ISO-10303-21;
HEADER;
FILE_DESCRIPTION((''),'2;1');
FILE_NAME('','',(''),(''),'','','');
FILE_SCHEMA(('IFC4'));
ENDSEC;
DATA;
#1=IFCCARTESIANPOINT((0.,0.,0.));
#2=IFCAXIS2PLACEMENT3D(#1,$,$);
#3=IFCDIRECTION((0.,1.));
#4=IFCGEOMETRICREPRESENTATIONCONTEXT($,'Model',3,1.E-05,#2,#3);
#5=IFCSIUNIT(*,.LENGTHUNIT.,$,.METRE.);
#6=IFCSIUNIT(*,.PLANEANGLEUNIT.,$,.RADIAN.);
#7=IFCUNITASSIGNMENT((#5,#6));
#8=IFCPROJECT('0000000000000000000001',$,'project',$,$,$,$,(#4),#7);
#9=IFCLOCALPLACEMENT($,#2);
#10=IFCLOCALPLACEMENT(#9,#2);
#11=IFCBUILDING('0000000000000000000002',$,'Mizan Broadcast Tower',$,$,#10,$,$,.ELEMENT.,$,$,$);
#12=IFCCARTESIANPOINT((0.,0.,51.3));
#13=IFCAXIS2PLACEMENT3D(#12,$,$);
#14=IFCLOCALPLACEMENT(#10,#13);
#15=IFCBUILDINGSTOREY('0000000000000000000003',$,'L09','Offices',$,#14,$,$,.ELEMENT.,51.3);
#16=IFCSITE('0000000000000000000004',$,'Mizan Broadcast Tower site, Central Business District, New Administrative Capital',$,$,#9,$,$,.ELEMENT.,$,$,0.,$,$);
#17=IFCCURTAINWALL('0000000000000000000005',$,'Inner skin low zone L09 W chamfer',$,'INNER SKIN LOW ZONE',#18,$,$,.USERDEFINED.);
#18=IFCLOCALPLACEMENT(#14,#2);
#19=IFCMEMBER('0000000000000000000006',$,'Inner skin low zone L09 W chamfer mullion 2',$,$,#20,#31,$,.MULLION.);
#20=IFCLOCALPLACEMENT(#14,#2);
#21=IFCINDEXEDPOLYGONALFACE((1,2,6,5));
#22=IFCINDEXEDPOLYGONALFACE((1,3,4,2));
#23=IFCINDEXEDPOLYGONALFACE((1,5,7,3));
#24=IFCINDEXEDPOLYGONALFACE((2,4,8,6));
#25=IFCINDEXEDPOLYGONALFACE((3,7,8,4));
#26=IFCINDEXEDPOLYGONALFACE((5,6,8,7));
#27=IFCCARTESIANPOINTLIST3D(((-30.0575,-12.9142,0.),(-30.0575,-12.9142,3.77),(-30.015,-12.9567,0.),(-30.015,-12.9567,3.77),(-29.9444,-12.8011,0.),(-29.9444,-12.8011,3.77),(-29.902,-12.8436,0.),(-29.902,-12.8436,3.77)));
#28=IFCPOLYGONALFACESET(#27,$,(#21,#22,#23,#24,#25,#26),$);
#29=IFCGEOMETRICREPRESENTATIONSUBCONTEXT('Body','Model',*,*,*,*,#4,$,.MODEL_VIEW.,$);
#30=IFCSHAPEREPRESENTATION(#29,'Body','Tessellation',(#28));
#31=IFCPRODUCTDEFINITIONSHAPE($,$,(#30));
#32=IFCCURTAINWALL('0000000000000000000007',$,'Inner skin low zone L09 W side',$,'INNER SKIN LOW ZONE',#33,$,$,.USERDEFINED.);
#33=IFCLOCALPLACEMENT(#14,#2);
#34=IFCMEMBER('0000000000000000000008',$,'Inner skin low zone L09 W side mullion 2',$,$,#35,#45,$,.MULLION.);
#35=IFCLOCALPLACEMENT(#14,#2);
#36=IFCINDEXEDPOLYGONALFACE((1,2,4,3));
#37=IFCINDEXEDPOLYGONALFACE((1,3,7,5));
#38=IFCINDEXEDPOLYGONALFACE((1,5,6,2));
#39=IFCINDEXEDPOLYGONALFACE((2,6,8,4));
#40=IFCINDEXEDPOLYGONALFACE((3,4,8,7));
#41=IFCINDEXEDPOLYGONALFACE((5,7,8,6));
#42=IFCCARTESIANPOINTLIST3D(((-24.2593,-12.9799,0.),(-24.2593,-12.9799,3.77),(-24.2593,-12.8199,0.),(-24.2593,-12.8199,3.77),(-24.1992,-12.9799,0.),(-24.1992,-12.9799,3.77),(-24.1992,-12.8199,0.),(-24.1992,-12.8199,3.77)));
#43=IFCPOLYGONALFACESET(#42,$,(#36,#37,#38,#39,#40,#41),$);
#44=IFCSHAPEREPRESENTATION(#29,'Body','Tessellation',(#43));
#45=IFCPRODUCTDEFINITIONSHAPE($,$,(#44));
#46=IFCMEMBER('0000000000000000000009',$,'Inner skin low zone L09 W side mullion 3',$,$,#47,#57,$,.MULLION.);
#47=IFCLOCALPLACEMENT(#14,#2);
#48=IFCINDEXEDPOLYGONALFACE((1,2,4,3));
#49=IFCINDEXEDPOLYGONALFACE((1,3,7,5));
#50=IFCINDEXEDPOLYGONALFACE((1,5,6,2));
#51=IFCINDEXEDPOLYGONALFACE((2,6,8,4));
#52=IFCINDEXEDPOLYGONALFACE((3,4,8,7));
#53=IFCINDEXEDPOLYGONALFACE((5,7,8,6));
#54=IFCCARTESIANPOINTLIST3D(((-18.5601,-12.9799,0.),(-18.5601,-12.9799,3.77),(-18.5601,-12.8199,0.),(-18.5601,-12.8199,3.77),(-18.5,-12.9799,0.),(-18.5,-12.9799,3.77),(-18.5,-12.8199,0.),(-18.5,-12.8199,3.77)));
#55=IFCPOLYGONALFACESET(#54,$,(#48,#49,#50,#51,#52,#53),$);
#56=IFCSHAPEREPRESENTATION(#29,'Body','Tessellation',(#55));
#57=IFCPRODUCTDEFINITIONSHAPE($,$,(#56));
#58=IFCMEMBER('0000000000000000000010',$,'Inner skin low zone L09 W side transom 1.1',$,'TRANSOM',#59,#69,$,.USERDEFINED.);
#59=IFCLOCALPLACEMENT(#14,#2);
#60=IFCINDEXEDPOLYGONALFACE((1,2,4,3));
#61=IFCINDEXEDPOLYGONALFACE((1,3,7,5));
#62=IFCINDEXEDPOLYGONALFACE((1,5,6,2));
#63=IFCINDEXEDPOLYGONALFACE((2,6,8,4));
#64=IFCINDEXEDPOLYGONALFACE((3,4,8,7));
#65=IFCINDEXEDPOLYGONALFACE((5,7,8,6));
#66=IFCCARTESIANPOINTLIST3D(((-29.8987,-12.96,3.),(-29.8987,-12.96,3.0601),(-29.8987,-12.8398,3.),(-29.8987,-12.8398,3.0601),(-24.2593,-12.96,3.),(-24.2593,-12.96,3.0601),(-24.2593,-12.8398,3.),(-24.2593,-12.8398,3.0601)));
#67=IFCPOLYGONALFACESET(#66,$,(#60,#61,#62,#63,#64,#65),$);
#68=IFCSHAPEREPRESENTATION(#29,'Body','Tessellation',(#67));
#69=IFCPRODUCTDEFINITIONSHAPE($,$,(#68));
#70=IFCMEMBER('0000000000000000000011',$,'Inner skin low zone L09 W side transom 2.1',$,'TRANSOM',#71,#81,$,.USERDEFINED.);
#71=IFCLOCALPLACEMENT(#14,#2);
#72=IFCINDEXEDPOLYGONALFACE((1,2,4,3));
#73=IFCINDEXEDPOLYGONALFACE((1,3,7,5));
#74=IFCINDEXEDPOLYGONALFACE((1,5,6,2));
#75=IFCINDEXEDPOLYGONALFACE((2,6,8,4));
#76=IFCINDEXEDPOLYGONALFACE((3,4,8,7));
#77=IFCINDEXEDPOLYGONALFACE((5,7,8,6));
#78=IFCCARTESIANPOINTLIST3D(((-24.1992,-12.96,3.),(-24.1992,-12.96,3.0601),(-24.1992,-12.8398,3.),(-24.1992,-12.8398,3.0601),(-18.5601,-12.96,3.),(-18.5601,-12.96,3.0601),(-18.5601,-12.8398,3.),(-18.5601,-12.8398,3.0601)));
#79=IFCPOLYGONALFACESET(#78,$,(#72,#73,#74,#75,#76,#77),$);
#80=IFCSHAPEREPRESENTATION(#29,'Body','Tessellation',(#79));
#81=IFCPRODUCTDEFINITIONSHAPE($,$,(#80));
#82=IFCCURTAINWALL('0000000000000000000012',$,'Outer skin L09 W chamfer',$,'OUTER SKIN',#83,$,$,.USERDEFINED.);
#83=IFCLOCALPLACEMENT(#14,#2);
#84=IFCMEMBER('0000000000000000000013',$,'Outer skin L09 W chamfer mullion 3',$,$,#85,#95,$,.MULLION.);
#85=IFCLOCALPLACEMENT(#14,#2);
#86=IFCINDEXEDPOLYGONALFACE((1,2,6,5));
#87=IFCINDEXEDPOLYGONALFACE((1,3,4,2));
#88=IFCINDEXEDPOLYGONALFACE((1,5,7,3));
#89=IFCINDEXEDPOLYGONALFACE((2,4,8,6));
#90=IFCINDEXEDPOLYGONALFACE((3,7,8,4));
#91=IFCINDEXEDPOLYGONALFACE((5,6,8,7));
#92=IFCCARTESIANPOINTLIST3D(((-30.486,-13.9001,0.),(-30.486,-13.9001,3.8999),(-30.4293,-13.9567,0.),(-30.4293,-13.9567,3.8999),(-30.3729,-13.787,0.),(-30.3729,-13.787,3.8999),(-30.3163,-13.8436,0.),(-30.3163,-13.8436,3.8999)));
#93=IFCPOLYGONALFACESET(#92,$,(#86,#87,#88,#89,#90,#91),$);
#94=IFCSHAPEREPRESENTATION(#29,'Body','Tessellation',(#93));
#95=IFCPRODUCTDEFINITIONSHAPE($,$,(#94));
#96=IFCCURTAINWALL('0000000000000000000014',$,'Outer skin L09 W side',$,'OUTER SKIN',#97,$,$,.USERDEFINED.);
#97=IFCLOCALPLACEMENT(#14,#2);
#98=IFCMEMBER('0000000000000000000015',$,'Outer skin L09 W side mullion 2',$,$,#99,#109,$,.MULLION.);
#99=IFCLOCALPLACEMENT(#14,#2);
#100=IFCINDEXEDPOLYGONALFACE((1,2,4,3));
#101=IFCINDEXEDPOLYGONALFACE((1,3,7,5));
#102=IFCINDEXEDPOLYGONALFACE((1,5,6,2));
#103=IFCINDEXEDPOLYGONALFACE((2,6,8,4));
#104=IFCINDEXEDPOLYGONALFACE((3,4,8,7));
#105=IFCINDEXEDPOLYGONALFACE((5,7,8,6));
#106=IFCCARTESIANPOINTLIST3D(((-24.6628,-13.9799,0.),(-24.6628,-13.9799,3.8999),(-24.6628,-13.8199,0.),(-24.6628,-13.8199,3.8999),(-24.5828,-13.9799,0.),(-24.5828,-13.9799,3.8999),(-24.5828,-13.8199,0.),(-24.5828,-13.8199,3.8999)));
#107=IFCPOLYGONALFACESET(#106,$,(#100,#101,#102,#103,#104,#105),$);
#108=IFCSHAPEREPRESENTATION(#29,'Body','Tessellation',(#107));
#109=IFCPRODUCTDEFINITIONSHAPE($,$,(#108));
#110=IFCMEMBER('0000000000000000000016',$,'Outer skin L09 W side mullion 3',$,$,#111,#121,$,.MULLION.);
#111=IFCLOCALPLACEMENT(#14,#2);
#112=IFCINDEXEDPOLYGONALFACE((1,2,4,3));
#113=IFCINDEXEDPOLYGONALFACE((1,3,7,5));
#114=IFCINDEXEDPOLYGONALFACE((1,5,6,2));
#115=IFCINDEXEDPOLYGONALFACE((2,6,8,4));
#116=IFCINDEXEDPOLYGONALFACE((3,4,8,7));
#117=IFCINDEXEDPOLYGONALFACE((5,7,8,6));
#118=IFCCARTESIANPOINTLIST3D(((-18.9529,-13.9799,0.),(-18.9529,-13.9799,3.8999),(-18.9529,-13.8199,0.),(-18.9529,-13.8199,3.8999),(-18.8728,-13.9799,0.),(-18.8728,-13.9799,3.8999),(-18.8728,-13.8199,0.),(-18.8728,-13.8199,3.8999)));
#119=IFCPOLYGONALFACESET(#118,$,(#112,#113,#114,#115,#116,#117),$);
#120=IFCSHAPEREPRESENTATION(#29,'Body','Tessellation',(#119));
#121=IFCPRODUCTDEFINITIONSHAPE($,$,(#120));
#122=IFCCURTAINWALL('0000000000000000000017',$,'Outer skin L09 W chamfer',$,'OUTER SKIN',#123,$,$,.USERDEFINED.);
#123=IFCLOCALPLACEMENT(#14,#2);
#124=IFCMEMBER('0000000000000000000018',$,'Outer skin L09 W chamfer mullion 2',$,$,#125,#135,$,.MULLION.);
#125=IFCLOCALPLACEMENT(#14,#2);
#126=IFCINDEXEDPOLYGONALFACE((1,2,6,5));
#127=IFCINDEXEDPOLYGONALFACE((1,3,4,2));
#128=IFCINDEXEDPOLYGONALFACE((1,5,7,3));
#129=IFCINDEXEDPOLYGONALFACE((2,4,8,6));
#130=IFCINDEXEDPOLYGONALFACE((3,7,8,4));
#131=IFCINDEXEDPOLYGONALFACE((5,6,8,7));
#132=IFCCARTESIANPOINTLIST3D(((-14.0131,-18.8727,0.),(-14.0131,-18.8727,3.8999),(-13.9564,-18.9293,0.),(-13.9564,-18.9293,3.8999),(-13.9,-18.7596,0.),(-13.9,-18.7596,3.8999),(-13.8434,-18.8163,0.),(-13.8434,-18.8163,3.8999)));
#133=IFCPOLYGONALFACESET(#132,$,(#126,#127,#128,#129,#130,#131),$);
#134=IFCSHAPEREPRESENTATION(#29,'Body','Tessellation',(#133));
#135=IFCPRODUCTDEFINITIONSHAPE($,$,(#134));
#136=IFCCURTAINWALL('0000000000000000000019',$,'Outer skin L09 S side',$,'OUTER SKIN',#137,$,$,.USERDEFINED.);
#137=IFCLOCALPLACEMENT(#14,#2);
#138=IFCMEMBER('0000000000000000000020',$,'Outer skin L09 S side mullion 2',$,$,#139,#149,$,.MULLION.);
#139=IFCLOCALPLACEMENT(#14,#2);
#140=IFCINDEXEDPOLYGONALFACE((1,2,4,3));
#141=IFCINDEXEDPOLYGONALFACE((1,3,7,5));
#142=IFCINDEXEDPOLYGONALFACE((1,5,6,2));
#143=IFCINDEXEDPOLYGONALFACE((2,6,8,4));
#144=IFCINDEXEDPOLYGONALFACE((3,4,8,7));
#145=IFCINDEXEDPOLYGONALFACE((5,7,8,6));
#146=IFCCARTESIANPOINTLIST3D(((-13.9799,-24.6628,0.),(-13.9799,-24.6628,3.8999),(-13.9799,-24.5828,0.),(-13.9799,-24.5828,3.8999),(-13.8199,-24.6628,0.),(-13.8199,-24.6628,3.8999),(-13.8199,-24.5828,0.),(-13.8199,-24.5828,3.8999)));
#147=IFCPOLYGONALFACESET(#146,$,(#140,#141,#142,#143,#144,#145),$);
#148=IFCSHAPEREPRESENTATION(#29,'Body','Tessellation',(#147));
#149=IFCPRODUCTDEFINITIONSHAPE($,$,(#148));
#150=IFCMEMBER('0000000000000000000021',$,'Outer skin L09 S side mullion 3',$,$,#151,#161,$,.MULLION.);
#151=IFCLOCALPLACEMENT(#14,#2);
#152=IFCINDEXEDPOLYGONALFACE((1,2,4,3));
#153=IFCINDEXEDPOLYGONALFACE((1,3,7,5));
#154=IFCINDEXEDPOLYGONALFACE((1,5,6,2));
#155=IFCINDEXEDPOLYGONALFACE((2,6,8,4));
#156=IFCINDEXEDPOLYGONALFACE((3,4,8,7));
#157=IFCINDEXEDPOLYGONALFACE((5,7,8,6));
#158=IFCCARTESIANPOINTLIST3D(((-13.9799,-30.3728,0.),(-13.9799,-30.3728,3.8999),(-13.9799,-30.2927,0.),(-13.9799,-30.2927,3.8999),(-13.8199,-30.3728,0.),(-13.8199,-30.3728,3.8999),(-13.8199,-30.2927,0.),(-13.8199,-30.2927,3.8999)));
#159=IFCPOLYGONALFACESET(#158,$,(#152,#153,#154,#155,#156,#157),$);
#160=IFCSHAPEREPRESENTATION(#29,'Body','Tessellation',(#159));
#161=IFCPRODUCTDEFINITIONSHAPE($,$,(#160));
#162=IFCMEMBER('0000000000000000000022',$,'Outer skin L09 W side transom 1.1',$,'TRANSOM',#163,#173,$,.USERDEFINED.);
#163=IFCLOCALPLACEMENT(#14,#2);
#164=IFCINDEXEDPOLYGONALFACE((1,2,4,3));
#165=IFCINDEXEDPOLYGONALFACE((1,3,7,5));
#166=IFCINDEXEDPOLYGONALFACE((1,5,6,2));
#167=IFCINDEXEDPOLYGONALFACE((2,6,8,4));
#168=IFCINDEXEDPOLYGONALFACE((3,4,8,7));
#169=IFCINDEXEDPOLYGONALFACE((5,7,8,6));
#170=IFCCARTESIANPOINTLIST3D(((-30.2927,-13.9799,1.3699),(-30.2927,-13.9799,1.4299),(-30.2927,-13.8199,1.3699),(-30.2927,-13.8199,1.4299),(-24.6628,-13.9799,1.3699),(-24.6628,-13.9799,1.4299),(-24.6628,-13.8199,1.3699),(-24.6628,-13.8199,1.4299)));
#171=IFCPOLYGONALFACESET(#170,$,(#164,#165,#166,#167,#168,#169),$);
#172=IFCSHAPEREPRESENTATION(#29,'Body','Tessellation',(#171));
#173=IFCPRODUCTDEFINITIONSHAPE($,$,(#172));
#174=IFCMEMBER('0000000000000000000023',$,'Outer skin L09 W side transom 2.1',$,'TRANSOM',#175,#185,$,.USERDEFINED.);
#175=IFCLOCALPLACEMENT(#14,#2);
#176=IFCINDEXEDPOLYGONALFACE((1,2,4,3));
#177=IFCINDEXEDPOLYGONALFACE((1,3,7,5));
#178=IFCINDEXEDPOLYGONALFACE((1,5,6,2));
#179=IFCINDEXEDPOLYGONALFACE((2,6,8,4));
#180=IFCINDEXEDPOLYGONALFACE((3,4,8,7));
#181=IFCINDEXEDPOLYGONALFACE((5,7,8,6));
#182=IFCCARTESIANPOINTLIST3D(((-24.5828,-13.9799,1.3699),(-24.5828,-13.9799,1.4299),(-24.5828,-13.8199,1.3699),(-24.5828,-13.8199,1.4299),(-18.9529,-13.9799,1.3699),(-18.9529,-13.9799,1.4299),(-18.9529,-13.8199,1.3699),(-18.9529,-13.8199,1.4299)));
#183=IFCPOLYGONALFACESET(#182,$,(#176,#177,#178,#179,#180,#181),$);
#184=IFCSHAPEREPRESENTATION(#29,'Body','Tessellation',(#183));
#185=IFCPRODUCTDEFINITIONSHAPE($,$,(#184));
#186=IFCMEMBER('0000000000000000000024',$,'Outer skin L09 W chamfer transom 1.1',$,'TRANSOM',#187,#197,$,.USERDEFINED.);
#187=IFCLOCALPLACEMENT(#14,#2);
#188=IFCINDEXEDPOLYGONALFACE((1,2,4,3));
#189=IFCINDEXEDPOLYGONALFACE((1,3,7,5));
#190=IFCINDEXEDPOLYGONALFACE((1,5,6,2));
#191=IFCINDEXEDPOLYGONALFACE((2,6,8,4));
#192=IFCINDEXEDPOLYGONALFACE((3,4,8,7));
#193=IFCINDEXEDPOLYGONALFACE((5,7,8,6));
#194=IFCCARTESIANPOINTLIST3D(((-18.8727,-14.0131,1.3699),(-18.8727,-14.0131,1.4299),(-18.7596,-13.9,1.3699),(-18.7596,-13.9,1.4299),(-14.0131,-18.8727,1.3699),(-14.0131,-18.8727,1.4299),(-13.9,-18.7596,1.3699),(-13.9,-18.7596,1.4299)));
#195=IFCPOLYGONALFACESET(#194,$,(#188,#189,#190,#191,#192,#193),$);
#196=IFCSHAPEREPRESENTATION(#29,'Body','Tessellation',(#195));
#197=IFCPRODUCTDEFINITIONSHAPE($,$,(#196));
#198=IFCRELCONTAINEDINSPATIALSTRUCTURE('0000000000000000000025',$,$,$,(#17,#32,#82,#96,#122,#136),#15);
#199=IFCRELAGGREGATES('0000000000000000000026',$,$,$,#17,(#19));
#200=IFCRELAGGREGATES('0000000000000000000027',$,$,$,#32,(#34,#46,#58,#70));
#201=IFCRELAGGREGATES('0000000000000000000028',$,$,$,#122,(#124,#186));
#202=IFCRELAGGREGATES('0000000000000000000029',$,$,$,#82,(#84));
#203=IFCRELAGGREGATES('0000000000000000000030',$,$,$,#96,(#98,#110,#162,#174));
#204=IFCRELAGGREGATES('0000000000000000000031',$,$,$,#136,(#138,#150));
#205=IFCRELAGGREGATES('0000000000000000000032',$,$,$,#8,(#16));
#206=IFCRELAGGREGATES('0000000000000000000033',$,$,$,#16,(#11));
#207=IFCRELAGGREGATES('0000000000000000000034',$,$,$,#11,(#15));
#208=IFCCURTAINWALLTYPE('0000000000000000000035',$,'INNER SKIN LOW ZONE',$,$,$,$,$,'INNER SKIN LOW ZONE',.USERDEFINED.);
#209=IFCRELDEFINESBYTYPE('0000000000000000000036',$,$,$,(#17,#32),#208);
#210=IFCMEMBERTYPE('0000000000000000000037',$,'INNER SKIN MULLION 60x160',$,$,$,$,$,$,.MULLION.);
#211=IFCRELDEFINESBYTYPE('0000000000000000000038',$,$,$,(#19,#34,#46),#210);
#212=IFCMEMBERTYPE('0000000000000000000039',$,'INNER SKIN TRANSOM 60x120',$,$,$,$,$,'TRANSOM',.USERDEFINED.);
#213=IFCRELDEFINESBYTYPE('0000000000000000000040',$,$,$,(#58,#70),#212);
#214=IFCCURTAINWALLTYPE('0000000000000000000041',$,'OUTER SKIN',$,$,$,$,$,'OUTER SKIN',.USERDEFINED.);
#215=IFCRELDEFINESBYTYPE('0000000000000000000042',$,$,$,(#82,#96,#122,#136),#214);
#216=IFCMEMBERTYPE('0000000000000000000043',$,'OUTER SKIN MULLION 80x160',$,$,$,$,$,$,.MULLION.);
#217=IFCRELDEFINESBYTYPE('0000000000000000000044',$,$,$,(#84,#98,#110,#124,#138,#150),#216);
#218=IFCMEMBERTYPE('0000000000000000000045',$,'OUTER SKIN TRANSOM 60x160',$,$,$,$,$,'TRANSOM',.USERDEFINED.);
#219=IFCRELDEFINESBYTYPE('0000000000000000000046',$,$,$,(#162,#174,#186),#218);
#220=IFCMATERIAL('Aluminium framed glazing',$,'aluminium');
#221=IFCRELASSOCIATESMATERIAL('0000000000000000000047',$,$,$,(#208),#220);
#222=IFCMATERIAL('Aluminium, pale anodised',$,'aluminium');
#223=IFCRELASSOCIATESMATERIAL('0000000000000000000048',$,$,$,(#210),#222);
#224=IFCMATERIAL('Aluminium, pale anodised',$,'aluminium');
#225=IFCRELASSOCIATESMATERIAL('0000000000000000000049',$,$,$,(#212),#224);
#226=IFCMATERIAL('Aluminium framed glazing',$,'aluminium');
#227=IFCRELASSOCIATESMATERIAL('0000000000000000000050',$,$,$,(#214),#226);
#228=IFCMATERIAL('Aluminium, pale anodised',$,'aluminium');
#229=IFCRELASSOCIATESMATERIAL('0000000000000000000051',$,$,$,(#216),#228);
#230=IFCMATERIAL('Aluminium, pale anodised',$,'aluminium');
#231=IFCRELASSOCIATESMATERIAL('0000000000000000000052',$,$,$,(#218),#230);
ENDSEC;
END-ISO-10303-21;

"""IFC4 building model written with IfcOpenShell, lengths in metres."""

from ifc_helpers import new_model, si_unit, direction, frame, origin, origin_2d, place, context, subcontext, project, spatial, rectangle, extrude, material, material_profile, profile_set, type_object, element, aggregate, save


model = new_model("IFC4")

# Units and contexts
model_context = context("Model", 3, precision=1e-05, world=origin(), true_north=direction((0.0, 1.0)))
body_context = subcontext(model_context, "Body", "Model", "MODEL_VIEW")
ifc_project = project(units=[si_unit("LENGTHUNIT", "METRE"), si_unit("PLANEANGLEUNIT", "RADIAN")], contexts=[model_context])

# Site, building, storey
site_placement = place(None, origin())
site = spatial("IfcSite", under=ifc_project, at=site_placement, Name="Mizan Broadcast Tower site, Central Business District, New Administrative Capital", CompositionType="ELEMENT", RefElevation=0.0)
building_placement = place(site_placement, origin())
building = spatial("IfcBuilding", under=site, at=building_placement, Name="Mizan Broadcast Tower", CompositionType="ELEMENT")
storey_placement = place(building_placement, frame((0.0, 0.0, 51.3)))
storey = spatial("IfcBuildingStorey", under=building, at=storey_placement, Name="L09", Description="Offices", CompositionType="ELEMENT", Elevation=51.3)

# Curtain wall, member
ifc_material_1 = material(Name="Aluminium framed glazing", Category="aluminium")
curtain_wall_type_1 = type_object("IfcCurtainWallType", Name="INNER SKIN LOW ZONE", ElementType="INNER SKIN LOW ZONE", PredefinedType="USERDEFINED", material=ifc_material_1)
curtain_wall_1_placement = place(storey_placement, origin())
curtain_wall_1 = element("IfcCurtainWall", 1, at=curtain_wall_1_placement, inside=storey, type_object=curtain_wall_type_1, Name="Inner skin low zone L09 W chamfer", ObjectType="INNER SKIN LOW ZONE", PredefinedType="USERDEFINED")
ifc_material_2 = material(Name="Aluminium, pale anodised", Category="aluminium")
ifc_material_profile_1 = material_profile(ifc_material_2, rectangle(XDim=0.1599, YDim=0.0601, at=origin_2d()), Name="MULLION 160x60")
ifc_profile_set_1 = profile_set([ifc_material_profile_1], Name="Aluminium, pale anodised")
member_type_1 = type_object("IfcMemberType", Name="INNER SKIN MULLION 60x160", PredefinedType="MULLION", material=ifc_profile_set_1)
member_1_placement = place(storey_placement, frame((-29.9797, -12.8789, 0.0), z_axis=(0.0, 0.0, 1.0), x_axis=(0.707107, 0.707107, 0.0)))
member_1 = element("IfcMember", 2, at=member_1_placement, type_object=member_type_1, Name="Inner skin low zone L09 W chamfer mullion 2", PredefinedType="MULLION", context=body_context, shape_type="SweptSolid", body=[
    extrude(rectangle(XDim=0.1599, YDim=0.0601, at=origin_2d()), origin(), (0.0, 0.0, 1.0), 3.77),
])
aggregate(curtain_wall_1, [member_1])

# Curtain wall, members
curtain_wall_2_placement = place(storey_placement, origin())
curtain_wall_2 = element("IfcCurtainWall", 3, at=curtain_wall_2_placement, inside=storey, type_object=curtain_wall_type_1, Name="Inner skin low zone L09 W side", ObjectType="INNER SKIN LOW ZONE", PredefinedType="USERDEFINED")
member_2_placement = place(storey_placement, frame((-24.2292, -12.8999, 0.0), z_axis=(0.0, 0.0, 1.0), x_axis=(0.0, 1.0, 0.0)))
member_2 = element("IfcMember", 4, at=member_2_placement, type_object=member_type_1, Name="Inner skin low zone L09 W side mullion 2", PredefinedType="MULLION", context=body_context, shape_type="SweptSolid", body=[
    extrude(rectangle(XDim=0.1599, YDim=0.0601, at=origin_2d()), origin(), (0.0, 0.0, 1.0), 3.77),
])
member_3_placement = place(storey_placement, frame((-18.53, -12.8999, 0.0), z_axis=(0.0, 0.0, 1.0), x_axis=(0.0, 1.0, 0.0)))
member_3 = element("IfcMember", 5, at=member_3_placement, type_object=member_type_1, Name="Inner skin low zone L09 W side mullion 3", PredefinedType="MULLION", context=body_context, shape_type="SweptSolid", body=[
    extrude(rectangle(XDim=0.1599, YDim=0.0601, at=origin_2d()), origin(), (0.0, 0.0, 1.0), 3.77),
])
ifc_material_3 = material(Name="Aluminium, pale anodised", Category="aluminium")
ifc_material_profile_2 = material_profile(ifc_material_3, rectangle(XDim=0.1201, YDim=0.0601, at=origin_2d()), Name="TRANSOM 120x60")
ifc_profile_set_2 = profile_set([ifc_material_profile_2], Name="Aluminium, pale anodised")
member_type_2 = type_object("IfcMemberType", Name="INNER SKIN TRANSOM 60x120", ElementType="TRANSOM", PredefinedType="USERDEFINED", material=ifc_profile_set_2)
member_4_placement = place(storey_placement, frame((-29.8987, -12.8999, 3.03), z_axis=(1.0, 0.0, 0.0), x_axis=(0.0, 1.0, 0.0)))
member_4 = element("IfcMember", 6, at=member_4_placement, type_object=member_type_2, Name="Inner skin low zone L09 W side transom 1.1", ObjectType="TRANSOM", PredefinedType="USERDEFINED", context=body_context, shape_type="SweptSolid", body=[
    extrude(rectangle(XDim=0.1201, YDim=0.0601, at=origin_2d()), origin(), (0.0, 0.0, 1.0), 5.6394),
])
member_5_placement = place(storey_placement, frame((-24.1992, -12.8999, 3.03), z_axis=(1.0, 0.0, 0.0), x_axis=(0.0, 1.0, 0.0)))
member_5 = element("IfcMember", 7, at=member_5_placement, type_object=member_type_2, Name="Inner skin low zone L09 W side transom 2.1", ObjectType="TRANSOM", PredefinedType="USERDEFINED", context=body_context, shape_type="SweptSolid", body=[
    extrude(rectangle(XDim=0.1201, YDim=0.0601, at=origin_2d()), origin(), (0.0, 0.0, 1.0), 5.6392),
])

# Curtain wall, member
ifc_material_4 = material(Name="Aluminium framed glazing", Category="aluminium")
curtain_wall_type_2 = type_object("IfcCurtainWallType", Name="OUTER SKIN", ElementType="OUTER SKIN", PredefinedType="USERDEFINED", material=ifc_material_4)
curtain_wall_3_placement = place(storey_placement, origin())
curtain_wall_3 = element("IfcCurtainWall", 8, at=curtain_wall_3_placement, inside=storey, type_object=curtain_wall_type_2, Name="Outer skin L09 W chamfer", ObjectType="OUTER SKIN", PredefinedType="USERDEFINED")
ifc_material_5 = material(Name="Aluminium, pale anodised", Category="aluminium")
ifc_material_profile_3 = material_profile(ifc_material_5, rectangle(XDim=0.1599, YDim=0.0801, at=origin_2d()), Name="MULLION 160x80")
ifc_profile_set_3 = profile_set([ifc_material_profile_3], Name="Aluminium, pale anodised")
member_type_3 = type_object("IfcMemberType", Name="OUTER SKIN MULLION 80x160", PredefinedType="MULLION", material=ifc_profile_set_3)
member_6_placement = place(storey_placement, frame((-30.4011, -13.8718, 0.0), z_axis=(0.0, 0.0, 1.0), x_axis=(0.707107, 0.707107, 0.0)))
member_6 = element("IfcMember", 9, at=member_6_placement, type_object=member_type_3, Name="Outer skin L09 W chamfer mullion 3", PredefinedType="MULLION", context=body_context, shape_type="SweptSolid", body=[
    extrude(rectangle(XDim=0.1599, YDim=0.0801, at=origin_2d()), origin(), (0.0, 0.0, 1.0), 3.8999),
])

# Curtain wall, members
curtain_wall_4_placement = place(storey_placement, origin())
curtain_wall_4 = element("IfcCurtainWall", 10, at=curtain_wall_4_placement, inside=storey, type_object=curtain_wall_type_2, Name="Outer skin L09 W side", ObjectType="OUTER SKIN", PredefinedType="USERDEFINED")
member_7_placement = place(storey_placement, frame((-24.6228, -13.8999, 0.0), z_axis=(0.0, 0.0, 1.0), x_axis=(0.0, 1.0, 0.0)))
member_7 = element("IfcMember", 11, at=member_7_placement, type_object=member_type_3, Name="Outer skin L09 W side mullion 2", PredefinedType="MULLION", context=body_context, shape_type="SweptSolid", body=[
    extrude(rectangle(XDim=0.1599, YDim=0.0801, at=origin_2d()), origin(), (0.0, 0.0, 1.0), 3.8999),
])
member_8_placement = place(storey_placement, frame((-18.9128, -13.8999, 0.0), z_axis=(0.0, 0.0, 1.0), x_axis=(0.0, 1.0, 0.0)))
member_8 = element("IfcMember", 12, at=member_8_placement, type_object=member_type_3, Name="Outer skin L09 W side mullion 3", PredefinedType="MULLION", context=body_context, shape_type="SweptSolid", body=[
    extrude(rectangle(XDim=0.1599, YDim=0.0801, at=origin_2d()), origin(), (0.0, 0.0, 1.0), 3.8999),
])

# Curtain wall, member
curtain_wall_5_placement = place(storey_placement, origin())
curtain_wall_5 = element("IfcCurtainWall", 13, at=curtain_wall_5_placement, inside=storey, type_object=curtain_wall_type_2, Name="Outer skin L09 W chamfer", ObjectType="OUTER SKIN", PredefinedType="USERDEFINED")
member_9_placement = place(storey_placement, frame((-13.9282, -18.8445, 0.0), z_axis=(0.0, 0.0, 1.0), x_axis=(0.707107, 0.707107, 0.0)))
member_9 = element("IfcMember", 14, at=member_9_placement, type_object=member_type_3, Name="Outer skin L09 W chamfer mullion 2", PredefinedType="MULLION", context=body_context, shape_type="SweptSolid", body=[
    extrude(rectangle(XDim=0.1599, YDim=0.0801, at=origin_2d()), origin(), (0.0, 0.0, 1.0), 3.8999),
])

# Curtain wall, members
curtain_wall_6_placement = place(storey_placement, origin())
curtain_wall_6 = element("IfcCurtainWall", 15, at=curtain_wall_6_placement, inside=storey, type_object=curtain_wall_type_2, Name="Outer skin L09 S side", ObjectType="OUTER SKIN", PredefinedType="USERDEFINED")
member_10_placement = place(storey_placement, frame((-13.8999, -24.6228, 0.0), z_axis=(0.0, 0.0, 1.0), x_axis=(1.0, 0.0, 0.0)))
member_10 = element("IfcMember", 16, at=member_10_placement, type_object=member_type_3, Name="Outer skin L09 S side mullion 2", PredefinedType="MULLION", context=body_context, shape_type="SweptSolid", body=[
    extrude(rectangle(XDim=0.1599, YDim=0.0801, at=origin_2d()), origin(), (0.0, 0.0, 1.0), 3.8999),
])
member_11_placement = place(storey_placement, frame((-13.8999, -30.3328, 0.0), z_axis=(0.0, 0.0, 1.0), x_axis=(1.0, 0.0, 0.0)))
member_11 = element("IfcMember", 17, at=member_11_placement, type_object=member_type_3, Name="Outer skin L09 S side mullion 3", PredefinedType="MULLION", context=body_context, shape_type="SweptSolid", body=[
    extrude(rectangle(XDim=0.1599, YDim=0.0801, at=origin_2d()), origin(), (0.0, 0.0, 1.0), 3.8999),
])

# Members
ifc_material_6 = material(Name="Aluminium, pale anodised", Category="aluminium")
ifc_material_profile_4 = material_profile(ifc_material_6, rectangle(XDim=0.1599, YDim=0.0601, at=origin_2d()), Name="TRANSOM 160x60")
ifc_profile_set_4 = profile_set([ifc_material_profile_4], Name="Aluminium, pale anodised")
member_type_4 = type_object("IfcMemberType", Name="OUTER SKIN TRANSOM 60x160", ElementType="TRANSOM", PredefinedType="USERDEFINED", material=ifc_profile_set_4)
member_12_placement = place(storey_placement, frame((-30.2927, -13.8999, 1.3999), z_axis=(1.0, 0.0, 0.0), x_axis=(0.0, 1.0, 0.0)))
member_12 = element("IfcMember", 18, at=member_12_placement, type_object=member_type_4, Name="Outer skin L09 W side transom 1.1", ObjectType="TRANSOM", PredefinedType="USERDEFINED", context=body_context, shape_type="SweptSolid", body=[
    extrude(rectangle(XDim=0.1599, YDim=0.0601, at=origin_2d()), origin(), (0.0, 0.0, 1.0), 5.6299),
])
member_13_placement = place(storey_placement, frame((-24.5828, -13.8999, 1.3999), z_axis=(1.0, 0.0, 0.0), x_axis=(0.0, 1.0, 0.0)))
member_13 = element("IfcMember", 19, at=member_13_placement, type_object=member_type_4, Name="Outer skin L09 W side transom 2.1", ObjectType="TRANSOM", PredefinedType="USERDEFINED", context=body_context, shape_type="SweptSolid", body=[
    extrude(rectangle(XDim=0.1599, YDim=0.0601, at=origin_2d()), origin(), (0.0, 0.0, 1.0), 5.6299),
])
member_14_placement = place(storey_placement, frame((-18.8162, -13.9565, 1.3999), z_axis=(0.707107, -0.707107, 0.0), x_axis=(0.707107, 0.707107, 0.0)))
member_14 = element("IfcMember", 20, at=member_14_placement, type_object=member_type_4, Name="Outer skin L09 W chamfer transom 1.1", ObjectType="TRANSOM", PredefinedType="USERDEFINED", context=body_context, shape_type="SweptSolid", body=[
    extrude(rectangle(XDim=0.1599, YDim=0.0601, at=origin_2d()), origin(), (0.0, 0.0, 1.0), 6.8726),
])

aggregate(curtain_wall_2, [member_2, member_3, member_4, member_5])
aggregate(curtain_wall_5, [member_9, member_14])
aggregate(curtain_wall_3, [member_6])
aggregate(curtain_wall_4, [member_7, member_8, member_12, member_13])
aggregate(curtain_wall_6, [member_10, member_11])

save(model, "model.ifc")
